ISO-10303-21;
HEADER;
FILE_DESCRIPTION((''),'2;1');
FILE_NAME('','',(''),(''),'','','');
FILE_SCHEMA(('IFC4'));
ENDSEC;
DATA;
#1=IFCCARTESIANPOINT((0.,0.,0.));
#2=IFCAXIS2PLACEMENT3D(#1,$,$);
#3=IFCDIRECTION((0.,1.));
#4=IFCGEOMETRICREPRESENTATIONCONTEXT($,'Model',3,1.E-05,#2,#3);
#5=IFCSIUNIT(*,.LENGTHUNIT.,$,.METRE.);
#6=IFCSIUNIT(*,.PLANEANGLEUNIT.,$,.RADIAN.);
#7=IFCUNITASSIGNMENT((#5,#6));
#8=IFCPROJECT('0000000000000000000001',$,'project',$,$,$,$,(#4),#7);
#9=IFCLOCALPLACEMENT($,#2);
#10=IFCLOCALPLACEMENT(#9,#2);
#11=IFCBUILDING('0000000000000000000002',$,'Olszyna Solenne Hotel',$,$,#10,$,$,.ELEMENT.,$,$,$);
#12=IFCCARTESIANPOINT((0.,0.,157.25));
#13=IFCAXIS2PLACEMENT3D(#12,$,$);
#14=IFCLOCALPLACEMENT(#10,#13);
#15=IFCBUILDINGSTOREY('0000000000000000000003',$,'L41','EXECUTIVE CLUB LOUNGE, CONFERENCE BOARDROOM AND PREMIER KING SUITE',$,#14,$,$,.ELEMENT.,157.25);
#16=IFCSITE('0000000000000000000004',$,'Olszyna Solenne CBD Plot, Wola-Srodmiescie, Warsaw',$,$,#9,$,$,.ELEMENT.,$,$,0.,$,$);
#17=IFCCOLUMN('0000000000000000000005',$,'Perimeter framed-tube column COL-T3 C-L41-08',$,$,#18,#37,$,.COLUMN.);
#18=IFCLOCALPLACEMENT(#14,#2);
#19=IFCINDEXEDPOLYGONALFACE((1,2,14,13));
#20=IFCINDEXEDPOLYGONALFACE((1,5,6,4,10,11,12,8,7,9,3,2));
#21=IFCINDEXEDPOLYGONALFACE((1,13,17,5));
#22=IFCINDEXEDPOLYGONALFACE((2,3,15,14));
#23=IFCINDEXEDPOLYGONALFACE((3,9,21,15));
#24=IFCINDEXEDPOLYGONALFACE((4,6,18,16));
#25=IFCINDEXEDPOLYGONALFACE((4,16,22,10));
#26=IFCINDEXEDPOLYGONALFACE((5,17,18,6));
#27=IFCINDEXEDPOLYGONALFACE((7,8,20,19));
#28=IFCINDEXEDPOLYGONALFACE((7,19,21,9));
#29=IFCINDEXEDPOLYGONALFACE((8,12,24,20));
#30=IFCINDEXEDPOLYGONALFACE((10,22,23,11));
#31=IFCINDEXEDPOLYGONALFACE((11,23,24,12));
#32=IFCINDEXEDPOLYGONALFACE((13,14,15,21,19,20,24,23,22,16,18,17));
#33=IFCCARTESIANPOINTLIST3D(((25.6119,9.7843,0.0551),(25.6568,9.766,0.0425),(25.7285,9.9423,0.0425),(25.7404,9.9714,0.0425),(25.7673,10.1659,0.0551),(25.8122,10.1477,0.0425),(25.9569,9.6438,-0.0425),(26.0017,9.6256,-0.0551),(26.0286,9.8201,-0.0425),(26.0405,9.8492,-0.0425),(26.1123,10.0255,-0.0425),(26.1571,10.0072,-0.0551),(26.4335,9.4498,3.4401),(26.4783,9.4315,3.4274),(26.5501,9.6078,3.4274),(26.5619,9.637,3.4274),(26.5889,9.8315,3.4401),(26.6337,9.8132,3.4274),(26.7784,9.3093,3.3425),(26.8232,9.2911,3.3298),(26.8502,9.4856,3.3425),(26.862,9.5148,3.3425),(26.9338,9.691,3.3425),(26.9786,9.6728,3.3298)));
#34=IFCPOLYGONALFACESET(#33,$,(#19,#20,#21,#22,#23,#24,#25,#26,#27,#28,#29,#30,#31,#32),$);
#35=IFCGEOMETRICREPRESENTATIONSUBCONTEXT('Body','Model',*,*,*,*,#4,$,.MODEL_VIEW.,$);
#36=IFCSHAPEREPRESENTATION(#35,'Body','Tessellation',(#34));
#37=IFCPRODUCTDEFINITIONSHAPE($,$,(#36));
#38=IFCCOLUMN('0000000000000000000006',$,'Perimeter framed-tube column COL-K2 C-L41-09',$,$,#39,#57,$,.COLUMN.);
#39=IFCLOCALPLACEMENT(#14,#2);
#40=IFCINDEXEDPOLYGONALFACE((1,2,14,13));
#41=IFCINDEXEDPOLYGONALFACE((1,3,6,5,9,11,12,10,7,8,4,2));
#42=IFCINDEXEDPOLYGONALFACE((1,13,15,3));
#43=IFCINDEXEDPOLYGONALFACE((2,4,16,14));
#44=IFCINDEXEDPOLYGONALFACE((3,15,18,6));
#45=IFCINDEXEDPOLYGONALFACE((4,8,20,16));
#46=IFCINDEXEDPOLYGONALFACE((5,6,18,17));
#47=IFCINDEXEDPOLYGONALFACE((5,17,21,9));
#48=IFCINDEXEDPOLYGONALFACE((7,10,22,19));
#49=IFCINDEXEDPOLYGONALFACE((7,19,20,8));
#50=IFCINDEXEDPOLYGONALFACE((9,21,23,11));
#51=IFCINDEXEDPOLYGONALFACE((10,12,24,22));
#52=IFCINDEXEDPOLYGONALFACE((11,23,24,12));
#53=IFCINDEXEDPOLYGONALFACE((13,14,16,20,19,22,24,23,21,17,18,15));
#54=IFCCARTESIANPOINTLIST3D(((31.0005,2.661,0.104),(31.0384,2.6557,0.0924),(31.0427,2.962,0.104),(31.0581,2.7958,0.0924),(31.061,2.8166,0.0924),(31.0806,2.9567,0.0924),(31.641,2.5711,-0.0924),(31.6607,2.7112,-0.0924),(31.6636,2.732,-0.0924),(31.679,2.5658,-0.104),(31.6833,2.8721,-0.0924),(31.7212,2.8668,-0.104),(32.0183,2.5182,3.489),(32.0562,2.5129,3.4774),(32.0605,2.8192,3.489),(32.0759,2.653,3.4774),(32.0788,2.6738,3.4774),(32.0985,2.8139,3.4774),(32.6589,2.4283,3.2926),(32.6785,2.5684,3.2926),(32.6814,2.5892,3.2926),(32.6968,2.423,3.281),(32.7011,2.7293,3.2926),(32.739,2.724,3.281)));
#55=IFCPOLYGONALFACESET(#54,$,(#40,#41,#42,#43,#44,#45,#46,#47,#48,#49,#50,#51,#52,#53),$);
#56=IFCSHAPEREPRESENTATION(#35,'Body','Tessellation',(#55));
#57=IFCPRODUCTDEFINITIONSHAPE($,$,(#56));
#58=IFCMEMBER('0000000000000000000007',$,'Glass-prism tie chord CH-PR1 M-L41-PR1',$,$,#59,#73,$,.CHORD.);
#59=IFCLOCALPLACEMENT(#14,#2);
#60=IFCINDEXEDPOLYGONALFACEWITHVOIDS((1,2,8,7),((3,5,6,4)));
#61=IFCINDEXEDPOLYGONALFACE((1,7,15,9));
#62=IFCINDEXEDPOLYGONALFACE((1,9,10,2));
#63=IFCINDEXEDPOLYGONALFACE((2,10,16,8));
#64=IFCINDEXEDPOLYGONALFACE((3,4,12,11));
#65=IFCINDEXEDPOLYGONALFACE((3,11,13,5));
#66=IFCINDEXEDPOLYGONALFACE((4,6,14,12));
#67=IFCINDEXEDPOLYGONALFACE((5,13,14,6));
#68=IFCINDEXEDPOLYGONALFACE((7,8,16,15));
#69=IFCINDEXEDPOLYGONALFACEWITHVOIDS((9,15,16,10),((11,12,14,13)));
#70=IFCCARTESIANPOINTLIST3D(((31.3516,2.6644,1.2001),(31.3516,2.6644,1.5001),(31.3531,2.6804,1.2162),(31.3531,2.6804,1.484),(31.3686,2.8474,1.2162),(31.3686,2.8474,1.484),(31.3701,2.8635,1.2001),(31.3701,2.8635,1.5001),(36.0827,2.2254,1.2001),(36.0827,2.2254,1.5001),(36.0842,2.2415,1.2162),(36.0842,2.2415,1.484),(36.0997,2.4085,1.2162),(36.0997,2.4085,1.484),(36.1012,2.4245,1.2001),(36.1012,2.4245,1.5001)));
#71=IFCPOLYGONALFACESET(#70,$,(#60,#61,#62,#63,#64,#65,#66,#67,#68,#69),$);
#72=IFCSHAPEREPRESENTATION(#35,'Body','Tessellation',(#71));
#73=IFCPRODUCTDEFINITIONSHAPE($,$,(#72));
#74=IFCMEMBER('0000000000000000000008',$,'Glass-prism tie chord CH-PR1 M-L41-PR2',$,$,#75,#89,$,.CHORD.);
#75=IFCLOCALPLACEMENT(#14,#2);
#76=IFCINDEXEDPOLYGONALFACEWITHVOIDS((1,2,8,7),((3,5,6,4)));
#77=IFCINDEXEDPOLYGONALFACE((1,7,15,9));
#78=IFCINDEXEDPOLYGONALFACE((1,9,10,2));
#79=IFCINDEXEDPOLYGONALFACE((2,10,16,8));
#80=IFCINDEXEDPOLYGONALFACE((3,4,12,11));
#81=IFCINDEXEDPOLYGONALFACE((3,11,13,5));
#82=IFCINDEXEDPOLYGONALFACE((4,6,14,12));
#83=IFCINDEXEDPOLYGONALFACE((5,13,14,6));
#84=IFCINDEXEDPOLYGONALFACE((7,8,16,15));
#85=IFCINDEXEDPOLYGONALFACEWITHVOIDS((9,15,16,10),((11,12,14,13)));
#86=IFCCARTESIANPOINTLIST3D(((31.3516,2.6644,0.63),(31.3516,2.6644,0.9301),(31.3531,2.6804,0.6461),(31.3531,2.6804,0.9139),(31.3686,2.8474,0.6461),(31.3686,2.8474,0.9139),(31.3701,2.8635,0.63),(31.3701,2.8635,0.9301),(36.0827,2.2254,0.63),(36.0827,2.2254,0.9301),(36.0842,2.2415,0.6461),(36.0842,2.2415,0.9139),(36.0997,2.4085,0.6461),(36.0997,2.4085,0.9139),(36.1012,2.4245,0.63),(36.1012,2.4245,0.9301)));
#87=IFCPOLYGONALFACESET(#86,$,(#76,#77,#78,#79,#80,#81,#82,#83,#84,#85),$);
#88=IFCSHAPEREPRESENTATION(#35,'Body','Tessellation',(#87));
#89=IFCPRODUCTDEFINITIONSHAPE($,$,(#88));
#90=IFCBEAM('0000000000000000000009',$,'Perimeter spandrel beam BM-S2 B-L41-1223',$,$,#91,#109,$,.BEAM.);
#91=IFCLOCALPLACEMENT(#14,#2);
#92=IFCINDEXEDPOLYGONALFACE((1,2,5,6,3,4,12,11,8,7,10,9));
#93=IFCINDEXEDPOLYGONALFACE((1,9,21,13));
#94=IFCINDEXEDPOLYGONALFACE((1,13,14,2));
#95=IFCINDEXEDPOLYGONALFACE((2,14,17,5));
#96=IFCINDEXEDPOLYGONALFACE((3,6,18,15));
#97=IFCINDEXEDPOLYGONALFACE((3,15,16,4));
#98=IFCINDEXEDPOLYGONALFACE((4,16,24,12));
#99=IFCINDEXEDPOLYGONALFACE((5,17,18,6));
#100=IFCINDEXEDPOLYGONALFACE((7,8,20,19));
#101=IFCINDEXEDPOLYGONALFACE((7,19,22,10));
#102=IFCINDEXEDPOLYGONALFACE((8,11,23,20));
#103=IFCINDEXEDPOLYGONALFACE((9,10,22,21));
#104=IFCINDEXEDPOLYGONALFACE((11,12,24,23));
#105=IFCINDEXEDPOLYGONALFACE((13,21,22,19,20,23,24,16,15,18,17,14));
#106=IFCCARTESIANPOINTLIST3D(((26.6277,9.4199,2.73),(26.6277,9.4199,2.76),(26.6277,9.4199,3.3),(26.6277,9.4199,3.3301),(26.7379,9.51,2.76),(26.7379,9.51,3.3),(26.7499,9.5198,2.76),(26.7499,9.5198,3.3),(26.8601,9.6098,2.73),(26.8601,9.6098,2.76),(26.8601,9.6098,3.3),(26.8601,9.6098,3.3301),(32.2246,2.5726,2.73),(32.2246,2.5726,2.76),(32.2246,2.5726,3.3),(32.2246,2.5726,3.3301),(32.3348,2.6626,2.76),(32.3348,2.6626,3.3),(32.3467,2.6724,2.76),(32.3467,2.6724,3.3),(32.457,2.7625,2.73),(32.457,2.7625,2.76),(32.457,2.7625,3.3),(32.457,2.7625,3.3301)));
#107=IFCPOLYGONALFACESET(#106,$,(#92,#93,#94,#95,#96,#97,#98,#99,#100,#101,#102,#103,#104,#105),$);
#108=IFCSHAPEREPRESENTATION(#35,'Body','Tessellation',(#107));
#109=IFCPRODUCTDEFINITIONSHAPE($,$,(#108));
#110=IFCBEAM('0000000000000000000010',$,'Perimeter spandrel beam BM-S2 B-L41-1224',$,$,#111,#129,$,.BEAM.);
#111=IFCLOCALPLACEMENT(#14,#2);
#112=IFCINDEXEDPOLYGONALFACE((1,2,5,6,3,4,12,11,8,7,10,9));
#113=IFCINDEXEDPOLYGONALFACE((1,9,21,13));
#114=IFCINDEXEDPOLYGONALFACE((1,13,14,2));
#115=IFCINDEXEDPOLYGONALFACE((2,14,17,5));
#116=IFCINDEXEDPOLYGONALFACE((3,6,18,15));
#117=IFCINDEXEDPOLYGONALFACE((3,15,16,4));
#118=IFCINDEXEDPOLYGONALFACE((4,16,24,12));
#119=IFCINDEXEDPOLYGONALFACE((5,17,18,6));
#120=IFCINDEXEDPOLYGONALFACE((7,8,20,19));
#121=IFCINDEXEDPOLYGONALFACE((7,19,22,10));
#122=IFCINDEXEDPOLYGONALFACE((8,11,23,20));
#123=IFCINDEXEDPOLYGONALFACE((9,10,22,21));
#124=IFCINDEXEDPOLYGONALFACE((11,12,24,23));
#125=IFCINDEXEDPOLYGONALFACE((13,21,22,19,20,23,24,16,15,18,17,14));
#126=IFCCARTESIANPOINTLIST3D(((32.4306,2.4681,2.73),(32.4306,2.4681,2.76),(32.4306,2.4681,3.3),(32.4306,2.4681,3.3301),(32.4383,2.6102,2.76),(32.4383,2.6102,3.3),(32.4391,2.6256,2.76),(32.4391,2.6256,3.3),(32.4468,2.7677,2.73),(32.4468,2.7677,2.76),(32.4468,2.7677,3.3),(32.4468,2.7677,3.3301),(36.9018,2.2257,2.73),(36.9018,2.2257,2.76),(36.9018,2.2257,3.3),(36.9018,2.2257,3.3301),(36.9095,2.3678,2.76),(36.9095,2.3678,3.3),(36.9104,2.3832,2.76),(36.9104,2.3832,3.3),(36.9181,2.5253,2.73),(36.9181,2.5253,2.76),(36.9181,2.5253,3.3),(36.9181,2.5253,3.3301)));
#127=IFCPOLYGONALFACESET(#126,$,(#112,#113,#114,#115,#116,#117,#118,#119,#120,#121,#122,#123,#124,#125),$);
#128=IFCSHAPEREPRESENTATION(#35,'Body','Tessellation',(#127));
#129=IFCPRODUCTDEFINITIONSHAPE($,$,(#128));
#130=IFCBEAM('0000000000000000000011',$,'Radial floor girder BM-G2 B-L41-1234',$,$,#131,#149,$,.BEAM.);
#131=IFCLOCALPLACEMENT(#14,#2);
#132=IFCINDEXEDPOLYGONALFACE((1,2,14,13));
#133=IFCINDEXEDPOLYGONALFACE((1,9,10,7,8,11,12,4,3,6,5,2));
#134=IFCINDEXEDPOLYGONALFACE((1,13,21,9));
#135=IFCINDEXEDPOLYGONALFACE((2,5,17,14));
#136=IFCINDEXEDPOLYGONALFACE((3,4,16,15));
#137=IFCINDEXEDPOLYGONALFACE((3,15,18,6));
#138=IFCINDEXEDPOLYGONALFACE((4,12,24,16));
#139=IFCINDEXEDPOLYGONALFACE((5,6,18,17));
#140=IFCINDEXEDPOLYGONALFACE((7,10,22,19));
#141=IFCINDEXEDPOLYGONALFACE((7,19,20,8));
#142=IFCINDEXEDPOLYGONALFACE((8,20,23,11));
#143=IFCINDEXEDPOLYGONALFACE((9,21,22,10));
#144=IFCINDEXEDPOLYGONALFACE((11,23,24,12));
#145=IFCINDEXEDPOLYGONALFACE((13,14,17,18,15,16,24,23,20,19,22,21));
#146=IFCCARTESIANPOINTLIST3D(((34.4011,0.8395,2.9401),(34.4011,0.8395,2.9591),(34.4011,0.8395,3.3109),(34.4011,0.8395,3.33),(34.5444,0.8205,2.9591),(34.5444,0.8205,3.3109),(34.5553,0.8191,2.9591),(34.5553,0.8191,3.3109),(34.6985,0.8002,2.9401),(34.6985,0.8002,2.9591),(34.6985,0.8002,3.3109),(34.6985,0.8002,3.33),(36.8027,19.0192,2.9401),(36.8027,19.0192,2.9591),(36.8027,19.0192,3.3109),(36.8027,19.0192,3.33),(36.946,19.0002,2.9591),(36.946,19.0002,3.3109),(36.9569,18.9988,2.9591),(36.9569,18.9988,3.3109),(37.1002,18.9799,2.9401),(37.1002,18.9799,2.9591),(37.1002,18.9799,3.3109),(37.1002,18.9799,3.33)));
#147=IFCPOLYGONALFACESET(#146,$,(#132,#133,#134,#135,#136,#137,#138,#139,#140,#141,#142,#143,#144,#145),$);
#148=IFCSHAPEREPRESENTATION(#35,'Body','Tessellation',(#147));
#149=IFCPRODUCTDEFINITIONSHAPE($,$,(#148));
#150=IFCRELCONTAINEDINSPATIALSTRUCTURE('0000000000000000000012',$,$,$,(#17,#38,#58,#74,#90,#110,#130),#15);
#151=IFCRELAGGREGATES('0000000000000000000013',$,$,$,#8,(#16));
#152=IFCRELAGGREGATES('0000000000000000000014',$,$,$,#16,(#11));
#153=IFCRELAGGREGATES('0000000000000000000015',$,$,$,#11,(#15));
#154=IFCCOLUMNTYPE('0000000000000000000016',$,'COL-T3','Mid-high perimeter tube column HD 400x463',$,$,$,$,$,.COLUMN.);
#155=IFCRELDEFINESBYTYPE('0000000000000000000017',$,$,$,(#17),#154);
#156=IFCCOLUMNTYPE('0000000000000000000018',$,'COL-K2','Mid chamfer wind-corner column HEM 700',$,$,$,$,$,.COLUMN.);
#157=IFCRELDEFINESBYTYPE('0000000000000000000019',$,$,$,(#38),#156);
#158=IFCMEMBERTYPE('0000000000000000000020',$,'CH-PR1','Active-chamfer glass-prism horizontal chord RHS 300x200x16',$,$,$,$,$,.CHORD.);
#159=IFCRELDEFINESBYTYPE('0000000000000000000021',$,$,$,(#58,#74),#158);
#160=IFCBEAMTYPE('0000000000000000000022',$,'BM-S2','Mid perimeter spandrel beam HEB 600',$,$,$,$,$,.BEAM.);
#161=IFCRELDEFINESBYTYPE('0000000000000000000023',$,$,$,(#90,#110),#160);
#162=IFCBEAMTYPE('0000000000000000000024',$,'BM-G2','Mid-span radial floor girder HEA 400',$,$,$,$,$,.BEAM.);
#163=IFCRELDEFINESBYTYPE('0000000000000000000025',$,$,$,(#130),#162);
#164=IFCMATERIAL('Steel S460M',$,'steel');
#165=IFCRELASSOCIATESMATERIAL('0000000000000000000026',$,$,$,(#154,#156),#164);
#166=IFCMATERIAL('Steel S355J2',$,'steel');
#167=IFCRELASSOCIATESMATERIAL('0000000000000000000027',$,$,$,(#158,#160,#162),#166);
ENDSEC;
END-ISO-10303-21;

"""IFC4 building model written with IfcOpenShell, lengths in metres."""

from ifc_helpers import new_model, si_unit, direction, frame, origin, origin_2d, place, context, subcontext, project, spatial, hollow_rectangle, i_section, extrude, source, transform, mapped, material, material_profile, profile_set, type_object, element, save


model = new_model("IFC4")

# Units and contexts
model_context = context("Model", 3, precision=1e-05, world=origin(), true_north=direction((0.0, 1.0)))
body_context = subcontext(model_context, "Body", "Model", "MODEL_VIEW")
ifc_project = project(units=[si_unit("LENGTHUNIT", "METRE"), si_unit("PLANEANGLEUNIT", "RADIAN")], contexts=[model_context])

# Site, building, storey
site_placement = place(None, origin())
site = spatial("IfcSite", under=ifc_project, at=site_placement, Name="Olszyna Solenne CBD Plot, Wola-Srodmiescie, Warsaw", CompositionType="ELEMENT", RefElevation=0.0)
building_placement = place(site_placement, origin())
building = spatial("IfcBuilding", under=site, at=building_placement, Name="Olszyna Solenne Hotel", CompositionType="ELEMENT")
storey_placement = place(building_placement, frame((0.0, 0.0, 157.25)))
storey = spatial("IfcBuildingStorey", under=building, at=storey_placement, Name="L41", Description="EXECUTIVE CLUB LOUNGE, CONFERENCE BOARDROOM AND PREMIER KING SUITE", CompositionType="ELEMENT", Elevation=157.25)

# Columns
ifc_material_1 = material(Name="Steel S460M", Category="steel")
ifc_material_profile_1 = material_profile(ifc_material_1, i_section(OverallWidth=0.4121, OverallDepth=0.4351, WebThickness=0.0315, FlangeThickness=0.05, at=origin_2d()), Name="HD 400x463", Category="load-bearing")
ifc_profile_set_1 = profile_set([ifc_material_profile_1], Name="Steel S460M")
column_type_1 = type_object("IfcColumnType", Name="COL-T3", Description="Mid-high perimeter tube column HD 400x463", PredefinedType="COLUMN", material=ifc_profile_set_1)
shared_shape_1 = source(origin(), body_context, "Body", "SweptSolid", [
    extrude(i_section(OverallWidth=0.4121, OverallDepth=0.4351, WebThickness=0.0315, FlangeThickness=0.05, at=origin_2d()), origin(), (0.0, 0.0, 1.0), 3.4993),
])
column_1_placement = place(storey_placement, frame((25.8845, 9.8958, 0.0), z_axis=(0.234771, -0.095583, 0.96734), x_axis=(0.377078, 0.926181, 0.0)))
element("IfcColumn", 1, at=column_1_placement, inside=storey, type_object=column_type_1, Name="Perimeter framed-tube column COL-T3 C-L41-08", PredefinedType="COLUMN", context=body_context, shape_type="MappedRepresentation", body=[
    mapped(shared_shape_1, transform((0.0, 0.0, 0.0), x_axis=(1.0, 0.0, 0.0), y_axis=(0.0, 1.0, 0.0), z_axis=(0.0, 0.0, 1.0), scale=1.0)),
])
ifc_material_profile_2 = material_profile(ifc_material_1, i_section(OverallWidth=0.304, OverallDepth=0.7161, WebThickness=0.021, FlangeThickness=0.04, at=origin_2d()), Name="HEM 700", Category="load-bearing")
ifc_profile_set_2 = profile_set([ifc_material_profile_2], Name="Steel S460M")
column_type_2 = type_object("IfcColumnType", Name="COL-K2", Description="Mid chamfer wind-corner column HEM 700", PredefinedType="COLUMN", material=ifc_profile_set_2)
shared_shape_2 = source(origin(), body_context, "Body", "SweptSolid", [
    extrude(i_section(OverallWidth=0.304, OverallDepth=0.7161, WebThickness=0.021, FlangeThickness=0.04, at=origin_2d()), origin(), (0.0, 0.0, 1.0), 3.5376),
])
column_2_placement = place(storey_placement, frame((31.3608, 2.7639, 0.0), z_axis=(0.287715, -0.040373, 0.956865), x_axis=(0.13896, 0.990298, 0.0)))
element("IfcColumn", 2, at=column_2_placement, inside=storey, type_object=column_type_2, Name="Perimeter framed-tube column COL-K2 C-L41-09", PredefinedType="COLUMN", context=body_context, shape_type="MappedRepresentation", body=[
    mapped(shared_shape_2, transform((0.0, 0.0, 0.0), x_axis=(1.0, 0.0, 0.0), y_axis=(0.0, 1.0, 0.0), z_axis=(0.0, 0.0, 1.0), scale=1.0)),
])

# Members
ifc_material_2 = material(Name="Steel S355J2", Category="steel")
ifc_material_profile_3 = material_profile(ifc_material_2, hollow_rectangle(XDim=0.2, YDim=0.3, WallThickness=0.0161, at=origin_2d()), Name="RHS 300x200x16", Category="load-bearing")
ifc_profile_set_3 = profile_set([ifc_material_profile_3], Name="Steel S355J2")
member_type_1 = type_object("IfcMemberType", Name="CH-PR1", Description="Active-chamfer glass-prism horizontal chord RHS 300x200x16", PredefinedType="CHORD", material=ifc_profile_set_3)
shared_shape_3 = source(origin(), body_context, "Body", "SweptSolid", [
    extrude(hollow_rectangle(XDim=0.2, YDim=0.3, WallThickness=0.0161, at=origin_2d()), origin(), (0.0, 0.0, 1.0), 4.7515),
])
for number, where, z_axis, x_axis, name in (
    (3, (31.3608, 2.7639, 1.3501), (0.995723, -0.092384, 0.0), (0.092384, 0.995723, 0.0), "Glass-prism tie chord CH-PR1 M-L41-PR1"),
    (4, (31.3608, 2.7639, 0.78), (0.995723, -0.092384, 0.0), (0.092384, 0.995723, 0.0), "Glass-prism tie chord CH-PR1 M-L41-PR2"),
):
    element("IfcMember", number, at=place(storey_placement, frame(where, z_axis=z_axis, x_axis=x_axis)), inside=storey, type_object=member_type_1, Name=name, PredefinedType="CHORD", context=body_context, shape_type="MappedRepresentation", body=[
        mapped(shared_shape_3, transform((0.0, 0.0, 0.0), x_axis=(1.0, 0.0, 0.0), y_axis=(0.0, 1.0, 0.0), z_axis=(0.0, 0.0, 1.0), scale=1.0)),
    ])

# Beams
ifc_material_profile_4 = material_profile(ifc_material_2, i_section(OverallWidth=0.3, OverallDepth=0.6001, WebThickness=0.0154, FlangeThickness=0.03, at=origin_2d()), Name="HEB 600", Category="load-bearing")
ifc_profile_set_4 = profile_set([ifc_material_profile_4], Name="Steel S355J2")
beam_type_1 = type_object("IfcBeamType", Name="BM-S2", Description="Mid perimeter spandrel beam HEB 600", PredefinedType="BEAM", material=ifc_profile_set_4)
shared_shape_4 = source(origin(), body_context, "Body", "SweptSolid", [
    extrude(i_section(OverallWidth=0.3, OverallDepth=0.6001, WebThickness=0.0154, FlangeThickness=0.03, at=origin_2d()), origin(), (0.0, 0.0, 1.0), 8.8438),
])
beam_1_placement = place(storey_placement, frame((26.7439, 9.5149, 3.03), z_axis=(0.632865, -0.774262, 0.0), x_axis=(0.774262, 0.632865, 0.0)))
element("IfcBeam", 5, at=beam_1_placement, inside=storey, type_object=beam_type_1, Name="Perimeter spandrel beam BM-S2 B-L41-1223", PredefinedType="BEAM", context=body_context, shape_type="MappedRepresentation", body=[
    mapped(shared_shape_4, transform((0.0, 0.0, 0.0), x_axis=(1.0, 0.0, 0.0), y_axis=(0.0, 1.0, 0.0), z_axis=(0.0, 0.0, 1.0), scale=1.0)),
])
shared_shape_5 = source(origin(), body_context, "Body", "SweptSolid", [
    extrude(i_section(OverallWidth=0.3, OverallDepth=0.6001, WebThickness=0.0154, FlangeThickness=0.03, at=origin_2d()), origin(), (0.0, 0.0, 1.0), 4.4778),
])
beam_2_placement = place(storey_placement, frame((32.4387, 2.6179, 3.03), z_axis=(0.998533, -0.054141, 0.0), x_axis=(0.054141, 0.998533, 0.0)))
element("IfcBeam", 6, at=beam_2_placement, inside=storey, type_object=beam_type_1, Name="Perimeter spandrel beam BM-S2 B-L41-1224", PredefinedType="BEAM", context=body_context, shape_type="MappedRepresentation", body=[
    mapped(shared_shape_5, transform((0.0, 0.0, 0.0), x_axis=(1.0, 0.0, 0.0), y_axis=(0.0, 1.0, 0.0), z_axis=(0.0, 0.0, 1.0), scale=1.0)),
])
ifc_material_profile_5 = material_profile(ifc_material_2, i_section(OverallWidth=0.3, OverallDepth=0.3899, WebThickness=0.011, FlangeThickness=0.019, at=origin_2d()), Name="HEA 400", Category="load-bearing")
ifc_profile_set_5 = profile_set([ifc_material_profile_5], Name="Steel S355J2")
beam_type_2 = type_object("IfcBeamType", Name="BM-G2", Description="Mid-span radial floor girder HEA 400", PredefinedType="BEAM", material=ifc_profile_set_5)
shared_shape_6 = source(origin(), body_context, "Body", "SweptSolid", [
    extrude(i_section(OverallWidth=0.3, OverallDepth=0.3899, WebThickness=0.011, FlangeThickness=0.019, at=origin_2d()), origin(), (0.0, 0.0, 1.0), 18.3376),
])
beam_3_placement = place(storey_placement, frame((34.5498, 0.8198, 3.135), z_axis=(0.130966, 0.991387, 0.0), x_axis=(-0.991387, 0.130966, 0.0)))
element("IfcBeam", 7, at=beam_3_placement, inside=storey, type_object=beam_type_2, Name="Radial floor girder BM-G2 B-L41-1234", PredefinedType="BEAM", context=body_context, shape_type="MappedRepresentation", body=[
    mapped(shared_shape_6, transform((0.0, 0.0, 0.0), x_axis=(1.0, 0.0, 0.0), y_axis=(0.0, 1.0, 0.0), z_axis=(0.0, 0.0, 1.0), scale=1.0)),
])

save(model, "model.ifc")
